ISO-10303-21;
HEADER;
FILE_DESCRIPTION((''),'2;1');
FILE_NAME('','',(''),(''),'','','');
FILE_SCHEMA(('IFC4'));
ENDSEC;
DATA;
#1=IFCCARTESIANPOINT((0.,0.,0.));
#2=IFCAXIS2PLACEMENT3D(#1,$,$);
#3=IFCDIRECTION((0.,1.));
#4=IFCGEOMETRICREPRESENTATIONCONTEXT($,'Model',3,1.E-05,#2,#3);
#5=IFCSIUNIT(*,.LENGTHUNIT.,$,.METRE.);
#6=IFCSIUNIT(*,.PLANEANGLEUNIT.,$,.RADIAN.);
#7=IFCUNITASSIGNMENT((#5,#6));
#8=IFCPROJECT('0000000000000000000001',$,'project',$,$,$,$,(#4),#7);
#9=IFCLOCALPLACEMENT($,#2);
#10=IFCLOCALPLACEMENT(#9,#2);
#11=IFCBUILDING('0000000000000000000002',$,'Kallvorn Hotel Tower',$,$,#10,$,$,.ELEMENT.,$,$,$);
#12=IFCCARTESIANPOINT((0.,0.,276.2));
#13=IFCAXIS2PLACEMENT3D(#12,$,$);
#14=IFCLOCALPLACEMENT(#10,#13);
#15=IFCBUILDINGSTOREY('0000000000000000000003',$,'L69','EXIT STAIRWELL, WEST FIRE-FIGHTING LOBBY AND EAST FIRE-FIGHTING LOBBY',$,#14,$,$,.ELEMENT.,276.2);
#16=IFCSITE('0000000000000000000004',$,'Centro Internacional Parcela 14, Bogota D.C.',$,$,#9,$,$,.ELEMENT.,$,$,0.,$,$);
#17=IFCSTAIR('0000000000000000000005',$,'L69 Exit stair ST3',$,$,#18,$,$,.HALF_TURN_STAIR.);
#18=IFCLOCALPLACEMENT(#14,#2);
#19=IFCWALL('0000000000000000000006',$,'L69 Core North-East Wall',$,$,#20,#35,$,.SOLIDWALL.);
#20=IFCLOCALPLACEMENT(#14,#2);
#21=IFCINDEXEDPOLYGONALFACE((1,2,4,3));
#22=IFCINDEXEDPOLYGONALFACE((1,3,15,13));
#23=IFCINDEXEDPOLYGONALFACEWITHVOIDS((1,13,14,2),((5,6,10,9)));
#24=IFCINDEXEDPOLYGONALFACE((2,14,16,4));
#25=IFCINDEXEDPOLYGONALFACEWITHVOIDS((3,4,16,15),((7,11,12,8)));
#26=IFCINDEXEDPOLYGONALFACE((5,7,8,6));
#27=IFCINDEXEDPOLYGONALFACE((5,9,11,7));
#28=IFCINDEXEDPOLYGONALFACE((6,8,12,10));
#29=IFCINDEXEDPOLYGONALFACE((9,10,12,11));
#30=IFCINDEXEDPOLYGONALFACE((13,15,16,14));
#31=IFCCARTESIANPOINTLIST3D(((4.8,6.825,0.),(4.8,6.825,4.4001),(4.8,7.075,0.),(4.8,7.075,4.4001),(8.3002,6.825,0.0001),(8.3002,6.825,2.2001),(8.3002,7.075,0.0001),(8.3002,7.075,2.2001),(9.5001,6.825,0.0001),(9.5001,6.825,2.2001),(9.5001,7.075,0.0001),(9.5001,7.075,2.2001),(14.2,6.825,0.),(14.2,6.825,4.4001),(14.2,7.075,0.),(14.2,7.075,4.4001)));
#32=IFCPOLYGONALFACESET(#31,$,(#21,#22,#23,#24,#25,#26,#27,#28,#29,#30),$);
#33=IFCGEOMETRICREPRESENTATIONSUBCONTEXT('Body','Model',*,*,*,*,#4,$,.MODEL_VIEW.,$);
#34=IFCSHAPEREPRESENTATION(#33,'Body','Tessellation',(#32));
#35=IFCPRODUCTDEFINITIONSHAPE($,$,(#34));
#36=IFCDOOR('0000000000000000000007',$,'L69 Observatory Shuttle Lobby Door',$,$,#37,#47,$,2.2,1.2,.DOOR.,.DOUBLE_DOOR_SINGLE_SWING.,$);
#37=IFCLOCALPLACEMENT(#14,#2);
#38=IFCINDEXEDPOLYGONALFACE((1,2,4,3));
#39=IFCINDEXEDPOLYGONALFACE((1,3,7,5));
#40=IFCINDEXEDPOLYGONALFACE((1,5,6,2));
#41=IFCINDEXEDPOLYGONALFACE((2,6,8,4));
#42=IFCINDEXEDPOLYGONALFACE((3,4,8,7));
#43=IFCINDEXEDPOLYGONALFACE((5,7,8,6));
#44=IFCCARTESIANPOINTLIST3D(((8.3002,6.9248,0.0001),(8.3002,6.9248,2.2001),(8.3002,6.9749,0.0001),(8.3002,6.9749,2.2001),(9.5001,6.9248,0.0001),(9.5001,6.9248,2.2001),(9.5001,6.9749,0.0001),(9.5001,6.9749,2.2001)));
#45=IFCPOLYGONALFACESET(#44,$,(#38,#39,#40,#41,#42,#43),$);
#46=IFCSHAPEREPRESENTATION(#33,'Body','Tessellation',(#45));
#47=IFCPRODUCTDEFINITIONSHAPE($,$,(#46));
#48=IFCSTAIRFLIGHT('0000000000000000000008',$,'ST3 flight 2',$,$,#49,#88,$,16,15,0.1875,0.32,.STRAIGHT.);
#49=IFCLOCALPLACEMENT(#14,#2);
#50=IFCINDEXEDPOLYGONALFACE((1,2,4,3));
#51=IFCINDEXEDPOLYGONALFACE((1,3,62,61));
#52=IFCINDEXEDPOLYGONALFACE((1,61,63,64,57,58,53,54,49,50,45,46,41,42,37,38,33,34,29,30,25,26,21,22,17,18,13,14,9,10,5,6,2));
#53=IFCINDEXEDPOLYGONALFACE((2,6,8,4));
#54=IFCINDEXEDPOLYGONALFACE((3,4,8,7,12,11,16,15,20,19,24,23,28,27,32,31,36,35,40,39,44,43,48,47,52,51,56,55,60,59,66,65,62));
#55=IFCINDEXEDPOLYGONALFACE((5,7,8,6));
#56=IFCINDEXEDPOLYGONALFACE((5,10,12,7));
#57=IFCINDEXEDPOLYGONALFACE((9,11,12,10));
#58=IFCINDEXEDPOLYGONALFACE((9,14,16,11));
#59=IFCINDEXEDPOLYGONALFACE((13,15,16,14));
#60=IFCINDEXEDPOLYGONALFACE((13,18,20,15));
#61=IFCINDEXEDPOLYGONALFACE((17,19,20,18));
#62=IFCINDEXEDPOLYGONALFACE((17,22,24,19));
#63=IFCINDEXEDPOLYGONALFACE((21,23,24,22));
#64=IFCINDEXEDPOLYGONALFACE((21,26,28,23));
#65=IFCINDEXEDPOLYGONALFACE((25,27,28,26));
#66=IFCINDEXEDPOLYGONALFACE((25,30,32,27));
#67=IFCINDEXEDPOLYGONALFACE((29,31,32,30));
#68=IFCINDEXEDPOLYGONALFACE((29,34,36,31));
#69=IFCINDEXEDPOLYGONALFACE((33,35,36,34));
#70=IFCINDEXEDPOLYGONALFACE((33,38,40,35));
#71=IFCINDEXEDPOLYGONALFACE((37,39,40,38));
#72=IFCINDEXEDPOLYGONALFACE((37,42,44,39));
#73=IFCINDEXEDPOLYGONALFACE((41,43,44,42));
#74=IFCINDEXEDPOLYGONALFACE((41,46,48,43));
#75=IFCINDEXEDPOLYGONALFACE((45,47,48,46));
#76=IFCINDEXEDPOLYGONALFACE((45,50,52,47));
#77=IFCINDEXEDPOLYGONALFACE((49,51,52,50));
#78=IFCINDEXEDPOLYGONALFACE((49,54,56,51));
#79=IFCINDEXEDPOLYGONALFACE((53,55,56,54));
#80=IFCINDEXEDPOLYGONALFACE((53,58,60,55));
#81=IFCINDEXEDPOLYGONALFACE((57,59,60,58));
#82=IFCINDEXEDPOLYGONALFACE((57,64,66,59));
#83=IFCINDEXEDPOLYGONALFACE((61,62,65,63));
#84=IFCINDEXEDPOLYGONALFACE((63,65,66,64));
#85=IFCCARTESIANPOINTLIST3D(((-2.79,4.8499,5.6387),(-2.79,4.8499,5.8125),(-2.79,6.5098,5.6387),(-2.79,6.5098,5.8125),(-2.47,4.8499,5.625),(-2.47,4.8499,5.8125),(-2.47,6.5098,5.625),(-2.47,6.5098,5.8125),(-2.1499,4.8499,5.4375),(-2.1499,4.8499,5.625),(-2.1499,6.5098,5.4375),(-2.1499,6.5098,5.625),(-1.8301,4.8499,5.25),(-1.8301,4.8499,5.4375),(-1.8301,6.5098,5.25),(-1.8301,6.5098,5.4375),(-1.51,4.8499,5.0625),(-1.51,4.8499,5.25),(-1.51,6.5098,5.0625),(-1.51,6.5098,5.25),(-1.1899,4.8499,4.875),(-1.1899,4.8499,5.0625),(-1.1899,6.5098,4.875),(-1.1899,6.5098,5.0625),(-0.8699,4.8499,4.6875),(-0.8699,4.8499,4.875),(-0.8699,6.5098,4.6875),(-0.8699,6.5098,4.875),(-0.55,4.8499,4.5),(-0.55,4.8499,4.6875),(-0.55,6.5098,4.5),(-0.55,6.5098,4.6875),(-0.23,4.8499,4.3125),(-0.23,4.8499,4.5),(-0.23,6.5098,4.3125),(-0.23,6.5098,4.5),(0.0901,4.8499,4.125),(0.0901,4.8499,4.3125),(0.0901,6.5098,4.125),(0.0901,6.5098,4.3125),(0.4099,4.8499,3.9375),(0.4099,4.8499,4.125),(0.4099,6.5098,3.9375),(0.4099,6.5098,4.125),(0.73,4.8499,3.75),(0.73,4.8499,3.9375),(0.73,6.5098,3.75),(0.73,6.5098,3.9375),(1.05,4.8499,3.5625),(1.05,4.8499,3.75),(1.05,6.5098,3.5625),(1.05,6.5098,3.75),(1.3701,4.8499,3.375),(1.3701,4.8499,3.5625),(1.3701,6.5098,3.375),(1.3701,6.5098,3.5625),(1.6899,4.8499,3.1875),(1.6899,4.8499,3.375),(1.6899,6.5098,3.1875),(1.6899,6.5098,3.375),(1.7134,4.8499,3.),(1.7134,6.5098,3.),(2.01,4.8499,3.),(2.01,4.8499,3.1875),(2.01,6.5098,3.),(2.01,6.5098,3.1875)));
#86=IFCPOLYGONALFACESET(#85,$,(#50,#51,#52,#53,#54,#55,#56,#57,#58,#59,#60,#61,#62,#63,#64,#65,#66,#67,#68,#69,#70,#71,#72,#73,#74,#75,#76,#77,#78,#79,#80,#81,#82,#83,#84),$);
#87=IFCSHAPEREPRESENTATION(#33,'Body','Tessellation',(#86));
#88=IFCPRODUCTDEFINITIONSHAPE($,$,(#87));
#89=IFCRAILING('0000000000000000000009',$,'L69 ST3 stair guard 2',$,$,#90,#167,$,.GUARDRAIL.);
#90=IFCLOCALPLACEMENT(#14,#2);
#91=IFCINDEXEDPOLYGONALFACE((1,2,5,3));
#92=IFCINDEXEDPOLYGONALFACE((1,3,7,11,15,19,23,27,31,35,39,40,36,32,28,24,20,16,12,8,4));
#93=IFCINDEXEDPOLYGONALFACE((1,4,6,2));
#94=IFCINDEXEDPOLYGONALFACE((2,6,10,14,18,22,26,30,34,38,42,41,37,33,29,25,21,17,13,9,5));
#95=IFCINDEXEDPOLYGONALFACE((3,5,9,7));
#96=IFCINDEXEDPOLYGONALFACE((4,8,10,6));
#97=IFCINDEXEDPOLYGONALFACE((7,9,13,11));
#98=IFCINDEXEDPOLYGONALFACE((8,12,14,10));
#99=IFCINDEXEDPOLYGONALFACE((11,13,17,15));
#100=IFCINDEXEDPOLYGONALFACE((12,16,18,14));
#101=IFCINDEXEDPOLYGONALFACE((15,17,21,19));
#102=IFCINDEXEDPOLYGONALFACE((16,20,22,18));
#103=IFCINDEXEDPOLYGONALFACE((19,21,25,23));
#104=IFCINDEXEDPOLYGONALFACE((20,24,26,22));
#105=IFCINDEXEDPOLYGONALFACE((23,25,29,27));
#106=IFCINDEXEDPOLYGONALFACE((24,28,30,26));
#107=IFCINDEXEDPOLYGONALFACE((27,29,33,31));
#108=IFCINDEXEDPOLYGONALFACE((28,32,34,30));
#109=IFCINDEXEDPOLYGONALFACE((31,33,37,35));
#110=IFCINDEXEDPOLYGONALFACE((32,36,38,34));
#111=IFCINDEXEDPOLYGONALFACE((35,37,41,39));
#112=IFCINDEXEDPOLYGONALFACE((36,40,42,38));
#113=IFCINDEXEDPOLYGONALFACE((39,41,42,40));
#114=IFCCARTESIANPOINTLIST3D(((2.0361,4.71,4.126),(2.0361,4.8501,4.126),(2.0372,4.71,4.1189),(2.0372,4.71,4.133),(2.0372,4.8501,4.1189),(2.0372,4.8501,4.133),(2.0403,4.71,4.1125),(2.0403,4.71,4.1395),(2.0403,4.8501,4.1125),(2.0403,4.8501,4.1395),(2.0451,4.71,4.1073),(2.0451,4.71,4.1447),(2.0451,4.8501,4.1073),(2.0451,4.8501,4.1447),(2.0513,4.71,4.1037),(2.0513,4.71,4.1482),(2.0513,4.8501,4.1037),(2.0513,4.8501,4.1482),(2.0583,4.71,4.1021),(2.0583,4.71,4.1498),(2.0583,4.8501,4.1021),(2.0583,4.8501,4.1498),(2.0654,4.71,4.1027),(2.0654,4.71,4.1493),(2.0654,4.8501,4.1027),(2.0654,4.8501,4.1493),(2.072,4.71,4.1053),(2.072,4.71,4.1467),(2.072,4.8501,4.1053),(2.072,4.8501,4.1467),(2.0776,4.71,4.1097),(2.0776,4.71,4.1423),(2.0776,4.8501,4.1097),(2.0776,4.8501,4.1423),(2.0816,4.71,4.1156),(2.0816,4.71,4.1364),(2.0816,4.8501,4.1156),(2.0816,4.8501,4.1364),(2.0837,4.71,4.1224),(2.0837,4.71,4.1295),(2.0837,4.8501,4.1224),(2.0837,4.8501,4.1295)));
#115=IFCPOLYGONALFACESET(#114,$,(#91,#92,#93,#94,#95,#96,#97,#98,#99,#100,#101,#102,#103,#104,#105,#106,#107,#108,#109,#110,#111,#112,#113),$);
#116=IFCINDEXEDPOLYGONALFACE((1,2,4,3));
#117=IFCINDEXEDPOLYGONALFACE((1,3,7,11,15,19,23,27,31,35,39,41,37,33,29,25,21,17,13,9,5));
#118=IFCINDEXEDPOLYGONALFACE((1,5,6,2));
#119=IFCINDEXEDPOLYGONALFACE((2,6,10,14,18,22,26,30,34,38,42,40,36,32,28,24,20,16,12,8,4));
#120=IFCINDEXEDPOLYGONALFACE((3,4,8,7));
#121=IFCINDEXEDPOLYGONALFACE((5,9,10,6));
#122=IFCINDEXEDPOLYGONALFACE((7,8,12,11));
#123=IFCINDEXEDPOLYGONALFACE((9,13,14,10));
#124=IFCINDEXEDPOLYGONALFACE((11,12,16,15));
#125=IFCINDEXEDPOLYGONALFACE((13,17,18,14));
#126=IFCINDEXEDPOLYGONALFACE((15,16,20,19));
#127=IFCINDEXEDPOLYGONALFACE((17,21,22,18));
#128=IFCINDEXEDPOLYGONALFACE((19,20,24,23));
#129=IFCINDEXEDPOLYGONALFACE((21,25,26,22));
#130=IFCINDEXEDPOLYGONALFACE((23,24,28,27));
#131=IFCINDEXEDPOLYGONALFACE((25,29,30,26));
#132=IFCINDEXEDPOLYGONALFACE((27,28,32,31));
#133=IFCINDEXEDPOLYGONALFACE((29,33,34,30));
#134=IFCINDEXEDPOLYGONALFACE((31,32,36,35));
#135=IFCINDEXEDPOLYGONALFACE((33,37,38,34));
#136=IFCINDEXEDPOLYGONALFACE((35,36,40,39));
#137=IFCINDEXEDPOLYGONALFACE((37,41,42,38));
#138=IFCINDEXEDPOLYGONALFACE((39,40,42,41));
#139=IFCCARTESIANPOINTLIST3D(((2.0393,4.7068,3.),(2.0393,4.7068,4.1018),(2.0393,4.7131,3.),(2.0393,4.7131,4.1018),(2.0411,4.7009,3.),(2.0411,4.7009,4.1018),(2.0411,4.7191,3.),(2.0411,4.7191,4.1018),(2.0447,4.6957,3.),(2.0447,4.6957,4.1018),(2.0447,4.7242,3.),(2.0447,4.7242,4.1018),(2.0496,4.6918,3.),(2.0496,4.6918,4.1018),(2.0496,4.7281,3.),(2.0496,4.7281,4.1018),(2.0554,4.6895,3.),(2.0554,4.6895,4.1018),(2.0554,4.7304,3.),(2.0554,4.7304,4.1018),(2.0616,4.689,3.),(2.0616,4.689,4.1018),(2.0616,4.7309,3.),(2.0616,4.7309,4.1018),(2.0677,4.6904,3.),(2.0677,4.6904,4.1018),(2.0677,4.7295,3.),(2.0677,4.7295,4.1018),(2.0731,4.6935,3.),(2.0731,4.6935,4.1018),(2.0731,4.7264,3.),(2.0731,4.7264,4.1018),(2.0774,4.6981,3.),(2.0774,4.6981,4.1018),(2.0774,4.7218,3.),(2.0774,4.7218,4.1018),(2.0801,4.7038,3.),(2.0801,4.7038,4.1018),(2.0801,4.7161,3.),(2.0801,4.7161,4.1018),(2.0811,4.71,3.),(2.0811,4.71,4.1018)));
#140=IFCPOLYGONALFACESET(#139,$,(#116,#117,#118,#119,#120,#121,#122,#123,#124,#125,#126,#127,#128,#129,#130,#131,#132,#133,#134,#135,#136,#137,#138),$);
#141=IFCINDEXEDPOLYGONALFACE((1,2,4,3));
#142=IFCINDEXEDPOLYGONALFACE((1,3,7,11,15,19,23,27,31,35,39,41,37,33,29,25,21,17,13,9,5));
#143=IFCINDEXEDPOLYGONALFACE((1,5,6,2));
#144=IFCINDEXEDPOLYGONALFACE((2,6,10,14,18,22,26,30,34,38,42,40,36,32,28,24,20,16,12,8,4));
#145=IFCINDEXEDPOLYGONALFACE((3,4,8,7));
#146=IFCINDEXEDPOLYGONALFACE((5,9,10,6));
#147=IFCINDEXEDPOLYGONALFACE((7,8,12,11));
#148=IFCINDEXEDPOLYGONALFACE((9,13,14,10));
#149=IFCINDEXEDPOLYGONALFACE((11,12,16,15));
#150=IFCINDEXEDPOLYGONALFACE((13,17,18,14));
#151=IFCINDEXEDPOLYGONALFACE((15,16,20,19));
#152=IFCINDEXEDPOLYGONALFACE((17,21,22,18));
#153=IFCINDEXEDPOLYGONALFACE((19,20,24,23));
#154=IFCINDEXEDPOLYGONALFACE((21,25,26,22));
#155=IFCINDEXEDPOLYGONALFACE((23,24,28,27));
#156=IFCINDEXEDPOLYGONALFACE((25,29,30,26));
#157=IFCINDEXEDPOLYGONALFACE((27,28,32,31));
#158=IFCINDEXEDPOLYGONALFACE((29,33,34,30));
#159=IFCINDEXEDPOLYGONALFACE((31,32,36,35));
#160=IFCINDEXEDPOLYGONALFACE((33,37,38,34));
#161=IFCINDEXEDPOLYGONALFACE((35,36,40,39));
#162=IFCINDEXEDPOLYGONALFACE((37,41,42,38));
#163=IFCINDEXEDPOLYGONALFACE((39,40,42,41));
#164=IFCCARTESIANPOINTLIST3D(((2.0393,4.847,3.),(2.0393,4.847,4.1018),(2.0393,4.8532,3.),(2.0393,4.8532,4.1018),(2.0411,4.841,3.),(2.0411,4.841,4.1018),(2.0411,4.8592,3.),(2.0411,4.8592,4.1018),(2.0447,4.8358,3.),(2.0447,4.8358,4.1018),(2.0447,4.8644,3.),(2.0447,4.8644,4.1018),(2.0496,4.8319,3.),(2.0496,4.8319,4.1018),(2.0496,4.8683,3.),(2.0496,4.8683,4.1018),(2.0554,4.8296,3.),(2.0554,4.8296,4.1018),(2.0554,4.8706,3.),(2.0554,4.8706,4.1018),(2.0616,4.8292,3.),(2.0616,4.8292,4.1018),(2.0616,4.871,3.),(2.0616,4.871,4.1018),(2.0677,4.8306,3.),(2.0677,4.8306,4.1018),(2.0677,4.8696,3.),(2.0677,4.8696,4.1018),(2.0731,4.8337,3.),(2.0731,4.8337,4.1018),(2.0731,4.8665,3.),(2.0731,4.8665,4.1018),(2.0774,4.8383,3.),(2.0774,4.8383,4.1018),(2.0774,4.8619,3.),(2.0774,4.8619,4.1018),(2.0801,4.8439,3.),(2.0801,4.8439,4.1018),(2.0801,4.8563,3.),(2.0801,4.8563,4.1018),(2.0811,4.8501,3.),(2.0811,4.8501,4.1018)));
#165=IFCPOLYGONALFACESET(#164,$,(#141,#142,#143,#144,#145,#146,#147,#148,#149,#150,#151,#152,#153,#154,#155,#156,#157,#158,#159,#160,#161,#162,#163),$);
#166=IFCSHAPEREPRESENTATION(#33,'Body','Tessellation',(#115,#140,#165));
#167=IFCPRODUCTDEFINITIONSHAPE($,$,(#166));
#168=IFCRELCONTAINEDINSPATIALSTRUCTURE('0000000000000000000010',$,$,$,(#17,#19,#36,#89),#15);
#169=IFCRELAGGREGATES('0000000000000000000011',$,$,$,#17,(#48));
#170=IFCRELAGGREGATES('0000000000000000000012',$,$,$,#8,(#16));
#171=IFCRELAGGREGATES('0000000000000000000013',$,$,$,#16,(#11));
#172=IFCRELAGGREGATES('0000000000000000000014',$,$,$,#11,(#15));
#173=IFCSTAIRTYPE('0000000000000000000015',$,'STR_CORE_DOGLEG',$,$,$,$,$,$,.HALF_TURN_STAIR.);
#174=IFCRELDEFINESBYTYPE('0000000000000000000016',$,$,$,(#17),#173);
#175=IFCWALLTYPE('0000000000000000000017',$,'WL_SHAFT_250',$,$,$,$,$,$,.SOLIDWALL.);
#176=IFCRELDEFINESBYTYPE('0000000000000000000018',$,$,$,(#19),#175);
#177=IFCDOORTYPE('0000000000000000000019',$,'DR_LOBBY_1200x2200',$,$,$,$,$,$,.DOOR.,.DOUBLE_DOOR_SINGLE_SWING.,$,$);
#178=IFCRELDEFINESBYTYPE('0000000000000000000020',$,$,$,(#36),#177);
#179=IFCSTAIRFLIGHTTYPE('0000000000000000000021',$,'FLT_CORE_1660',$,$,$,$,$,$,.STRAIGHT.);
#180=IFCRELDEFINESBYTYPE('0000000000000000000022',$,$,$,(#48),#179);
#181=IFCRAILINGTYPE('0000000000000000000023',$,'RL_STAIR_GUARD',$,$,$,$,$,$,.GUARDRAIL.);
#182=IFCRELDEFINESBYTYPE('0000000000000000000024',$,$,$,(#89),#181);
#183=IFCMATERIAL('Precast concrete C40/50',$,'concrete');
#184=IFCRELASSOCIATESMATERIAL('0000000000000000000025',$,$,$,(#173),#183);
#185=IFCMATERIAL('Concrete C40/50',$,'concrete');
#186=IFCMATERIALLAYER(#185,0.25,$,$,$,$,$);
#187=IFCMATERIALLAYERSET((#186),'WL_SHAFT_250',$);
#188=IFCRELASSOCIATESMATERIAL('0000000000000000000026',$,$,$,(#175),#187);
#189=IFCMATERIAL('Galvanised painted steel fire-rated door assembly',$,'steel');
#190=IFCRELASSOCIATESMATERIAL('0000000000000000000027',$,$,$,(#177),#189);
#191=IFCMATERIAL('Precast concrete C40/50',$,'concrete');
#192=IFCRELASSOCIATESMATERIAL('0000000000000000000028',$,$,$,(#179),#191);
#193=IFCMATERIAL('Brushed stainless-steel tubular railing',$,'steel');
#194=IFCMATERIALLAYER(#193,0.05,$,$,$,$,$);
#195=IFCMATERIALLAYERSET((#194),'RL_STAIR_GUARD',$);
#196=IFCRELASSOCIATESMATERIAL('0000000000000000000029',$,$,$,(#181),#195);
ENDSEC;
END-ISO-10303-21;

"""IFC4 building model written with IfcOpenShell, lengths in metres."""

from ifc_helpers import new_model, si_unit, direction, frame, frame_2d, origin, origin_2d, place, context, subcontext, project, spatial, polyline, rectangle, circle, outline, extrude, material, layer, layer_set, type_object, element, fill, aggregate, save


model = new_model("IFC4")

# Units and contexts
model_context = context("Model", 3, precision=1e-05, world=origin(), true_north=direction((0.0, 1.0)))
body_context = subcontext(model_context, "Body", "Model", "MODEL_VIEW")
ifc_project = project(units=[si_unit("LENGTHUNIT", "METRE"), si_unit("PLANEANGLEUNIT", "RADIAN")], contexts=[model_context])

# Site, building, storey
site_placement = place(None, origin())
site = spatial("IfcSite", under=ifc_project, at=site_placement, Name="Centro Internacional Parcela 14, Bogota D.C.", CompositionType="ELEMENT", RefElevation=0.0)
building_placement = place(site_placement, origin())
building = spatial("IfcBuilding", under=site, at=building_placement, Name="Kallvorn Hotel Tower", CompositionType="ELEMENT")
storey_placement = place(building_placement, frame((0.0, 0.0, 276.2)))
storey = spatial("IfcBuildingStorey", under=building, at=storey_placement, Name="L69", Description="EXIT STAIRWELL, WEST FIRE-FIGHTING LOBBY AND EAST FIRE-FIGHTING LOBBY", CompositionType="ELEMENT", Elevation=276.2)

# Stair
ifc_material_1 = material(Name="Precast concrete C40/50", Category="concrete")
stair_type = type_object("IfcStairType", Name="STR_CORE_DOGLEG", PredefinedType="HALF_TURN_STAIR", material=ifc_material_1)
stair_1_placement = place(storey_placement, origin())
stair_1 = element("IfcStair", 1, at=stair_1_placement, inside=storey, type_object=stair_type, Name="L69 Exit stair ST3", PredefinedType="HALF_TURN_STAIR")

# Wall, opening, door
ifc_material_2 = material(Name="Concrete C40/50", Category="concrete")
ifc_layer_1 = layer(ifc_material_2, 0.25)
ifc_layer_set_1 = layer_set([ifc_layer_1], Name="WL_SHAFT_250")
wall_type_1 = type_object("IfcWallType", Name="WL_SHAFT_250", PredefinedType="SOLIDWALL", material=ifc_layer_set_1)
wall_1_placement = place(storey_placement, frame((4.8, 6.95, 0.0), z_axis=(0.0, 0.0, 1.0), x_axis=(1.0, 0.0, 0.0)))
wall_1 = element("IfcWall", 2, at=wall_1_placement, inside=storey, type_object=wall_type_1, Name="L69 Core North-East Wall", PredefinedType="SOLIDWALL", context=body_context, shape_type="SweptSolid", body=[
    extrude(rectangle(XDim=9.3999, YDim=0.25, at=frame_2d((4.7, 0.0))), origin(), (0.0, 0.0, 1.0), 4.4001),
])
opening_placement = place(wall_1_placement, frame((3.5, 0.0, 0.0)))
opening = element("IfcOpeningElement", 3, at=opening_placement, cuts=wall_1, PredefinedType="OPENING", context=body_context, shape_type="SweptSolid", body=[
    extrude(rectangle(XDim=1.2, YDim=2.2, at=frame_2d((0.6001, 1.1001))), frame((0.0, 0.1399, 0.0), z_axis=(0.0, -1.0, 0.0), x_axis=(1.0, 0.0, 0.0)), (0.0, 0.0, 1.0), 0.28),
])
ifc_material_3 = material(Name="Galvanised painted steel fire-rated door assembly", Category="steel")
door_type = type_object("IfcDoorType", Name="DR_LOBBY_1200x2200", OperationType="DOUBLE_DOOR_SINGLE_SWING", PredefinedType="DOOR", material=ifc_material_3)
door_placement = place(opening_placement, origin())
door = element("IfcDoor", 4, at=door_placement, inside=storey, type_object=door_type, Name="L69 Observatory Shuttle Lobby Door", OperationType="DOUBLE_DOOR_SINGLE_SWING", OverallHeight=2.2, OverallWidth=1.2, PredefinedType="DOOR", context=body_context, shape_type="SweptSolid", body=[
    extrude(rectangle(XDim=1.2, YDim=2.2, at=frame_2d((0.6001, 1.1001))), frame((0.0, 0.0249, 0.0), z_axis=(0.0, -1.0, 0.0), x_axis=(1.0, 0.0, 0.0)), (0.0, 0.0, 1.0), 0.05),
])
fill(opening, door)

# Stair flight
ifc_material_4 = material(Name="Precast concrete C40/50", Category="concrete")
stair_flight_type = type_object("IfcStairFlightType", Name="FLT_CORE_1660", PredefinedType="STRAIGHT", material=ifc_material_4)
stair_flight_placement = place(storey_placement, frame((2.01, 5.6799, 3.0), z_axis=(0.0, 0.0, 1.0), x_axis=(-1.0, 0.0, 0.0)))
stair_flight = element("IfcStairFlight", 5, at=stair_flight_placement, type_object=stair_flight_type, Name="ST3 flight 2", NumberOfRisers=16, NumberOfTreads=15, PredefinedType="STRAIGHT", RiserHeight=0.1875, TreadLength=0.32, context=body_context, shape_type="SweptSolid", body=[
    extrude(outline(polyline([(0.0, 0.0), (0.0, 0.1875), (0.3201, 0.1875), (0.3201, 0.375), (0.6399, 0.375), (0.6399, 0.5625), (0.96, 0.5625), (0.96, 0.75), (1.28, 0.75), (1.28, 0.9375), (1.6001, 0.9375), (1.6001, 1.125), (1.9199, 1.125), (1.9199, 1.3125), (2.24, 1.3125), (2.24, 1.5), (2.5601, 1.5), (2.5601, 1.6875), (2.8799, 1.6875), (2.8799, 1.875), (3.2, 1.875), (3.2, 2.0625), (3.52, 2.0625), (3.52, 2.25), (3.8401, 2.25), (3.8401, 2.4375), (4.1599, 2.4375), (4.1599, 2.625), (4.48, 2.625), (4.48, 2.8125), (4.8, 2.8125), (4.8, 3.0), (4.8, 2.6387), (0.2966, 0.0), (0.0, 0.0)])), frame((0.0, 0.8301, 0.0), z_axis=(0.0, -1.0, 0.0), x_axis=(1.0, 0.0, 0.0)), (0.0, 0.0, 1.0), 1.6599),
])
aggregate(stair_1, [stair_flight])

# Railing
ifc_material_5 = material(Name="Brushed stainless-steel tubular railing", Category="steel")
ifc_layer_2 = layer(ifc_material_5, 0.05)
ifc_layer_set_2 = layer_set([ifc_layer_2], Name="RL_STAIR_GUARD")
railing_type_1 = type_object("IfcRailingType", Name="RL_STAIR_GUARD", PredefinedType="GUARDRAIL", material=ifc_layer_set_2)
railing_1_placement = place(storey_placement, frame((2.0601, 4.71, 3.0)))
element("IfcRailing", 6, at=railing_1_placement, inside=storey, type_object=railing_type_1, Name="L69 ST3 stair guard 2", PredefinedType="GUARDRAIL", context=body_context, shape_type="SweptSolid", body=[
    extrude(circle(Radius=0.0239, at=origin_2d()), frame((0.0, 0.0, 1.126), z_axis=(0.0, 1.0, 0.0), x_axis=(-1.0, 0.0, 0.0)), (0.0, 0.0, 1.0), 0.1401),
    extrude(circle(Radius=0.021, at=origin_2d()), origin(), (0.0, 0.0, 1.0), 1.1018),
    extrude(circle(Radius=0.021, at=origin_2d()), frame((0.0, 0.1401, 0.0)), (0.0, 0.0, 1.0), 1.1018),
])

save(model, "model.ifc")
